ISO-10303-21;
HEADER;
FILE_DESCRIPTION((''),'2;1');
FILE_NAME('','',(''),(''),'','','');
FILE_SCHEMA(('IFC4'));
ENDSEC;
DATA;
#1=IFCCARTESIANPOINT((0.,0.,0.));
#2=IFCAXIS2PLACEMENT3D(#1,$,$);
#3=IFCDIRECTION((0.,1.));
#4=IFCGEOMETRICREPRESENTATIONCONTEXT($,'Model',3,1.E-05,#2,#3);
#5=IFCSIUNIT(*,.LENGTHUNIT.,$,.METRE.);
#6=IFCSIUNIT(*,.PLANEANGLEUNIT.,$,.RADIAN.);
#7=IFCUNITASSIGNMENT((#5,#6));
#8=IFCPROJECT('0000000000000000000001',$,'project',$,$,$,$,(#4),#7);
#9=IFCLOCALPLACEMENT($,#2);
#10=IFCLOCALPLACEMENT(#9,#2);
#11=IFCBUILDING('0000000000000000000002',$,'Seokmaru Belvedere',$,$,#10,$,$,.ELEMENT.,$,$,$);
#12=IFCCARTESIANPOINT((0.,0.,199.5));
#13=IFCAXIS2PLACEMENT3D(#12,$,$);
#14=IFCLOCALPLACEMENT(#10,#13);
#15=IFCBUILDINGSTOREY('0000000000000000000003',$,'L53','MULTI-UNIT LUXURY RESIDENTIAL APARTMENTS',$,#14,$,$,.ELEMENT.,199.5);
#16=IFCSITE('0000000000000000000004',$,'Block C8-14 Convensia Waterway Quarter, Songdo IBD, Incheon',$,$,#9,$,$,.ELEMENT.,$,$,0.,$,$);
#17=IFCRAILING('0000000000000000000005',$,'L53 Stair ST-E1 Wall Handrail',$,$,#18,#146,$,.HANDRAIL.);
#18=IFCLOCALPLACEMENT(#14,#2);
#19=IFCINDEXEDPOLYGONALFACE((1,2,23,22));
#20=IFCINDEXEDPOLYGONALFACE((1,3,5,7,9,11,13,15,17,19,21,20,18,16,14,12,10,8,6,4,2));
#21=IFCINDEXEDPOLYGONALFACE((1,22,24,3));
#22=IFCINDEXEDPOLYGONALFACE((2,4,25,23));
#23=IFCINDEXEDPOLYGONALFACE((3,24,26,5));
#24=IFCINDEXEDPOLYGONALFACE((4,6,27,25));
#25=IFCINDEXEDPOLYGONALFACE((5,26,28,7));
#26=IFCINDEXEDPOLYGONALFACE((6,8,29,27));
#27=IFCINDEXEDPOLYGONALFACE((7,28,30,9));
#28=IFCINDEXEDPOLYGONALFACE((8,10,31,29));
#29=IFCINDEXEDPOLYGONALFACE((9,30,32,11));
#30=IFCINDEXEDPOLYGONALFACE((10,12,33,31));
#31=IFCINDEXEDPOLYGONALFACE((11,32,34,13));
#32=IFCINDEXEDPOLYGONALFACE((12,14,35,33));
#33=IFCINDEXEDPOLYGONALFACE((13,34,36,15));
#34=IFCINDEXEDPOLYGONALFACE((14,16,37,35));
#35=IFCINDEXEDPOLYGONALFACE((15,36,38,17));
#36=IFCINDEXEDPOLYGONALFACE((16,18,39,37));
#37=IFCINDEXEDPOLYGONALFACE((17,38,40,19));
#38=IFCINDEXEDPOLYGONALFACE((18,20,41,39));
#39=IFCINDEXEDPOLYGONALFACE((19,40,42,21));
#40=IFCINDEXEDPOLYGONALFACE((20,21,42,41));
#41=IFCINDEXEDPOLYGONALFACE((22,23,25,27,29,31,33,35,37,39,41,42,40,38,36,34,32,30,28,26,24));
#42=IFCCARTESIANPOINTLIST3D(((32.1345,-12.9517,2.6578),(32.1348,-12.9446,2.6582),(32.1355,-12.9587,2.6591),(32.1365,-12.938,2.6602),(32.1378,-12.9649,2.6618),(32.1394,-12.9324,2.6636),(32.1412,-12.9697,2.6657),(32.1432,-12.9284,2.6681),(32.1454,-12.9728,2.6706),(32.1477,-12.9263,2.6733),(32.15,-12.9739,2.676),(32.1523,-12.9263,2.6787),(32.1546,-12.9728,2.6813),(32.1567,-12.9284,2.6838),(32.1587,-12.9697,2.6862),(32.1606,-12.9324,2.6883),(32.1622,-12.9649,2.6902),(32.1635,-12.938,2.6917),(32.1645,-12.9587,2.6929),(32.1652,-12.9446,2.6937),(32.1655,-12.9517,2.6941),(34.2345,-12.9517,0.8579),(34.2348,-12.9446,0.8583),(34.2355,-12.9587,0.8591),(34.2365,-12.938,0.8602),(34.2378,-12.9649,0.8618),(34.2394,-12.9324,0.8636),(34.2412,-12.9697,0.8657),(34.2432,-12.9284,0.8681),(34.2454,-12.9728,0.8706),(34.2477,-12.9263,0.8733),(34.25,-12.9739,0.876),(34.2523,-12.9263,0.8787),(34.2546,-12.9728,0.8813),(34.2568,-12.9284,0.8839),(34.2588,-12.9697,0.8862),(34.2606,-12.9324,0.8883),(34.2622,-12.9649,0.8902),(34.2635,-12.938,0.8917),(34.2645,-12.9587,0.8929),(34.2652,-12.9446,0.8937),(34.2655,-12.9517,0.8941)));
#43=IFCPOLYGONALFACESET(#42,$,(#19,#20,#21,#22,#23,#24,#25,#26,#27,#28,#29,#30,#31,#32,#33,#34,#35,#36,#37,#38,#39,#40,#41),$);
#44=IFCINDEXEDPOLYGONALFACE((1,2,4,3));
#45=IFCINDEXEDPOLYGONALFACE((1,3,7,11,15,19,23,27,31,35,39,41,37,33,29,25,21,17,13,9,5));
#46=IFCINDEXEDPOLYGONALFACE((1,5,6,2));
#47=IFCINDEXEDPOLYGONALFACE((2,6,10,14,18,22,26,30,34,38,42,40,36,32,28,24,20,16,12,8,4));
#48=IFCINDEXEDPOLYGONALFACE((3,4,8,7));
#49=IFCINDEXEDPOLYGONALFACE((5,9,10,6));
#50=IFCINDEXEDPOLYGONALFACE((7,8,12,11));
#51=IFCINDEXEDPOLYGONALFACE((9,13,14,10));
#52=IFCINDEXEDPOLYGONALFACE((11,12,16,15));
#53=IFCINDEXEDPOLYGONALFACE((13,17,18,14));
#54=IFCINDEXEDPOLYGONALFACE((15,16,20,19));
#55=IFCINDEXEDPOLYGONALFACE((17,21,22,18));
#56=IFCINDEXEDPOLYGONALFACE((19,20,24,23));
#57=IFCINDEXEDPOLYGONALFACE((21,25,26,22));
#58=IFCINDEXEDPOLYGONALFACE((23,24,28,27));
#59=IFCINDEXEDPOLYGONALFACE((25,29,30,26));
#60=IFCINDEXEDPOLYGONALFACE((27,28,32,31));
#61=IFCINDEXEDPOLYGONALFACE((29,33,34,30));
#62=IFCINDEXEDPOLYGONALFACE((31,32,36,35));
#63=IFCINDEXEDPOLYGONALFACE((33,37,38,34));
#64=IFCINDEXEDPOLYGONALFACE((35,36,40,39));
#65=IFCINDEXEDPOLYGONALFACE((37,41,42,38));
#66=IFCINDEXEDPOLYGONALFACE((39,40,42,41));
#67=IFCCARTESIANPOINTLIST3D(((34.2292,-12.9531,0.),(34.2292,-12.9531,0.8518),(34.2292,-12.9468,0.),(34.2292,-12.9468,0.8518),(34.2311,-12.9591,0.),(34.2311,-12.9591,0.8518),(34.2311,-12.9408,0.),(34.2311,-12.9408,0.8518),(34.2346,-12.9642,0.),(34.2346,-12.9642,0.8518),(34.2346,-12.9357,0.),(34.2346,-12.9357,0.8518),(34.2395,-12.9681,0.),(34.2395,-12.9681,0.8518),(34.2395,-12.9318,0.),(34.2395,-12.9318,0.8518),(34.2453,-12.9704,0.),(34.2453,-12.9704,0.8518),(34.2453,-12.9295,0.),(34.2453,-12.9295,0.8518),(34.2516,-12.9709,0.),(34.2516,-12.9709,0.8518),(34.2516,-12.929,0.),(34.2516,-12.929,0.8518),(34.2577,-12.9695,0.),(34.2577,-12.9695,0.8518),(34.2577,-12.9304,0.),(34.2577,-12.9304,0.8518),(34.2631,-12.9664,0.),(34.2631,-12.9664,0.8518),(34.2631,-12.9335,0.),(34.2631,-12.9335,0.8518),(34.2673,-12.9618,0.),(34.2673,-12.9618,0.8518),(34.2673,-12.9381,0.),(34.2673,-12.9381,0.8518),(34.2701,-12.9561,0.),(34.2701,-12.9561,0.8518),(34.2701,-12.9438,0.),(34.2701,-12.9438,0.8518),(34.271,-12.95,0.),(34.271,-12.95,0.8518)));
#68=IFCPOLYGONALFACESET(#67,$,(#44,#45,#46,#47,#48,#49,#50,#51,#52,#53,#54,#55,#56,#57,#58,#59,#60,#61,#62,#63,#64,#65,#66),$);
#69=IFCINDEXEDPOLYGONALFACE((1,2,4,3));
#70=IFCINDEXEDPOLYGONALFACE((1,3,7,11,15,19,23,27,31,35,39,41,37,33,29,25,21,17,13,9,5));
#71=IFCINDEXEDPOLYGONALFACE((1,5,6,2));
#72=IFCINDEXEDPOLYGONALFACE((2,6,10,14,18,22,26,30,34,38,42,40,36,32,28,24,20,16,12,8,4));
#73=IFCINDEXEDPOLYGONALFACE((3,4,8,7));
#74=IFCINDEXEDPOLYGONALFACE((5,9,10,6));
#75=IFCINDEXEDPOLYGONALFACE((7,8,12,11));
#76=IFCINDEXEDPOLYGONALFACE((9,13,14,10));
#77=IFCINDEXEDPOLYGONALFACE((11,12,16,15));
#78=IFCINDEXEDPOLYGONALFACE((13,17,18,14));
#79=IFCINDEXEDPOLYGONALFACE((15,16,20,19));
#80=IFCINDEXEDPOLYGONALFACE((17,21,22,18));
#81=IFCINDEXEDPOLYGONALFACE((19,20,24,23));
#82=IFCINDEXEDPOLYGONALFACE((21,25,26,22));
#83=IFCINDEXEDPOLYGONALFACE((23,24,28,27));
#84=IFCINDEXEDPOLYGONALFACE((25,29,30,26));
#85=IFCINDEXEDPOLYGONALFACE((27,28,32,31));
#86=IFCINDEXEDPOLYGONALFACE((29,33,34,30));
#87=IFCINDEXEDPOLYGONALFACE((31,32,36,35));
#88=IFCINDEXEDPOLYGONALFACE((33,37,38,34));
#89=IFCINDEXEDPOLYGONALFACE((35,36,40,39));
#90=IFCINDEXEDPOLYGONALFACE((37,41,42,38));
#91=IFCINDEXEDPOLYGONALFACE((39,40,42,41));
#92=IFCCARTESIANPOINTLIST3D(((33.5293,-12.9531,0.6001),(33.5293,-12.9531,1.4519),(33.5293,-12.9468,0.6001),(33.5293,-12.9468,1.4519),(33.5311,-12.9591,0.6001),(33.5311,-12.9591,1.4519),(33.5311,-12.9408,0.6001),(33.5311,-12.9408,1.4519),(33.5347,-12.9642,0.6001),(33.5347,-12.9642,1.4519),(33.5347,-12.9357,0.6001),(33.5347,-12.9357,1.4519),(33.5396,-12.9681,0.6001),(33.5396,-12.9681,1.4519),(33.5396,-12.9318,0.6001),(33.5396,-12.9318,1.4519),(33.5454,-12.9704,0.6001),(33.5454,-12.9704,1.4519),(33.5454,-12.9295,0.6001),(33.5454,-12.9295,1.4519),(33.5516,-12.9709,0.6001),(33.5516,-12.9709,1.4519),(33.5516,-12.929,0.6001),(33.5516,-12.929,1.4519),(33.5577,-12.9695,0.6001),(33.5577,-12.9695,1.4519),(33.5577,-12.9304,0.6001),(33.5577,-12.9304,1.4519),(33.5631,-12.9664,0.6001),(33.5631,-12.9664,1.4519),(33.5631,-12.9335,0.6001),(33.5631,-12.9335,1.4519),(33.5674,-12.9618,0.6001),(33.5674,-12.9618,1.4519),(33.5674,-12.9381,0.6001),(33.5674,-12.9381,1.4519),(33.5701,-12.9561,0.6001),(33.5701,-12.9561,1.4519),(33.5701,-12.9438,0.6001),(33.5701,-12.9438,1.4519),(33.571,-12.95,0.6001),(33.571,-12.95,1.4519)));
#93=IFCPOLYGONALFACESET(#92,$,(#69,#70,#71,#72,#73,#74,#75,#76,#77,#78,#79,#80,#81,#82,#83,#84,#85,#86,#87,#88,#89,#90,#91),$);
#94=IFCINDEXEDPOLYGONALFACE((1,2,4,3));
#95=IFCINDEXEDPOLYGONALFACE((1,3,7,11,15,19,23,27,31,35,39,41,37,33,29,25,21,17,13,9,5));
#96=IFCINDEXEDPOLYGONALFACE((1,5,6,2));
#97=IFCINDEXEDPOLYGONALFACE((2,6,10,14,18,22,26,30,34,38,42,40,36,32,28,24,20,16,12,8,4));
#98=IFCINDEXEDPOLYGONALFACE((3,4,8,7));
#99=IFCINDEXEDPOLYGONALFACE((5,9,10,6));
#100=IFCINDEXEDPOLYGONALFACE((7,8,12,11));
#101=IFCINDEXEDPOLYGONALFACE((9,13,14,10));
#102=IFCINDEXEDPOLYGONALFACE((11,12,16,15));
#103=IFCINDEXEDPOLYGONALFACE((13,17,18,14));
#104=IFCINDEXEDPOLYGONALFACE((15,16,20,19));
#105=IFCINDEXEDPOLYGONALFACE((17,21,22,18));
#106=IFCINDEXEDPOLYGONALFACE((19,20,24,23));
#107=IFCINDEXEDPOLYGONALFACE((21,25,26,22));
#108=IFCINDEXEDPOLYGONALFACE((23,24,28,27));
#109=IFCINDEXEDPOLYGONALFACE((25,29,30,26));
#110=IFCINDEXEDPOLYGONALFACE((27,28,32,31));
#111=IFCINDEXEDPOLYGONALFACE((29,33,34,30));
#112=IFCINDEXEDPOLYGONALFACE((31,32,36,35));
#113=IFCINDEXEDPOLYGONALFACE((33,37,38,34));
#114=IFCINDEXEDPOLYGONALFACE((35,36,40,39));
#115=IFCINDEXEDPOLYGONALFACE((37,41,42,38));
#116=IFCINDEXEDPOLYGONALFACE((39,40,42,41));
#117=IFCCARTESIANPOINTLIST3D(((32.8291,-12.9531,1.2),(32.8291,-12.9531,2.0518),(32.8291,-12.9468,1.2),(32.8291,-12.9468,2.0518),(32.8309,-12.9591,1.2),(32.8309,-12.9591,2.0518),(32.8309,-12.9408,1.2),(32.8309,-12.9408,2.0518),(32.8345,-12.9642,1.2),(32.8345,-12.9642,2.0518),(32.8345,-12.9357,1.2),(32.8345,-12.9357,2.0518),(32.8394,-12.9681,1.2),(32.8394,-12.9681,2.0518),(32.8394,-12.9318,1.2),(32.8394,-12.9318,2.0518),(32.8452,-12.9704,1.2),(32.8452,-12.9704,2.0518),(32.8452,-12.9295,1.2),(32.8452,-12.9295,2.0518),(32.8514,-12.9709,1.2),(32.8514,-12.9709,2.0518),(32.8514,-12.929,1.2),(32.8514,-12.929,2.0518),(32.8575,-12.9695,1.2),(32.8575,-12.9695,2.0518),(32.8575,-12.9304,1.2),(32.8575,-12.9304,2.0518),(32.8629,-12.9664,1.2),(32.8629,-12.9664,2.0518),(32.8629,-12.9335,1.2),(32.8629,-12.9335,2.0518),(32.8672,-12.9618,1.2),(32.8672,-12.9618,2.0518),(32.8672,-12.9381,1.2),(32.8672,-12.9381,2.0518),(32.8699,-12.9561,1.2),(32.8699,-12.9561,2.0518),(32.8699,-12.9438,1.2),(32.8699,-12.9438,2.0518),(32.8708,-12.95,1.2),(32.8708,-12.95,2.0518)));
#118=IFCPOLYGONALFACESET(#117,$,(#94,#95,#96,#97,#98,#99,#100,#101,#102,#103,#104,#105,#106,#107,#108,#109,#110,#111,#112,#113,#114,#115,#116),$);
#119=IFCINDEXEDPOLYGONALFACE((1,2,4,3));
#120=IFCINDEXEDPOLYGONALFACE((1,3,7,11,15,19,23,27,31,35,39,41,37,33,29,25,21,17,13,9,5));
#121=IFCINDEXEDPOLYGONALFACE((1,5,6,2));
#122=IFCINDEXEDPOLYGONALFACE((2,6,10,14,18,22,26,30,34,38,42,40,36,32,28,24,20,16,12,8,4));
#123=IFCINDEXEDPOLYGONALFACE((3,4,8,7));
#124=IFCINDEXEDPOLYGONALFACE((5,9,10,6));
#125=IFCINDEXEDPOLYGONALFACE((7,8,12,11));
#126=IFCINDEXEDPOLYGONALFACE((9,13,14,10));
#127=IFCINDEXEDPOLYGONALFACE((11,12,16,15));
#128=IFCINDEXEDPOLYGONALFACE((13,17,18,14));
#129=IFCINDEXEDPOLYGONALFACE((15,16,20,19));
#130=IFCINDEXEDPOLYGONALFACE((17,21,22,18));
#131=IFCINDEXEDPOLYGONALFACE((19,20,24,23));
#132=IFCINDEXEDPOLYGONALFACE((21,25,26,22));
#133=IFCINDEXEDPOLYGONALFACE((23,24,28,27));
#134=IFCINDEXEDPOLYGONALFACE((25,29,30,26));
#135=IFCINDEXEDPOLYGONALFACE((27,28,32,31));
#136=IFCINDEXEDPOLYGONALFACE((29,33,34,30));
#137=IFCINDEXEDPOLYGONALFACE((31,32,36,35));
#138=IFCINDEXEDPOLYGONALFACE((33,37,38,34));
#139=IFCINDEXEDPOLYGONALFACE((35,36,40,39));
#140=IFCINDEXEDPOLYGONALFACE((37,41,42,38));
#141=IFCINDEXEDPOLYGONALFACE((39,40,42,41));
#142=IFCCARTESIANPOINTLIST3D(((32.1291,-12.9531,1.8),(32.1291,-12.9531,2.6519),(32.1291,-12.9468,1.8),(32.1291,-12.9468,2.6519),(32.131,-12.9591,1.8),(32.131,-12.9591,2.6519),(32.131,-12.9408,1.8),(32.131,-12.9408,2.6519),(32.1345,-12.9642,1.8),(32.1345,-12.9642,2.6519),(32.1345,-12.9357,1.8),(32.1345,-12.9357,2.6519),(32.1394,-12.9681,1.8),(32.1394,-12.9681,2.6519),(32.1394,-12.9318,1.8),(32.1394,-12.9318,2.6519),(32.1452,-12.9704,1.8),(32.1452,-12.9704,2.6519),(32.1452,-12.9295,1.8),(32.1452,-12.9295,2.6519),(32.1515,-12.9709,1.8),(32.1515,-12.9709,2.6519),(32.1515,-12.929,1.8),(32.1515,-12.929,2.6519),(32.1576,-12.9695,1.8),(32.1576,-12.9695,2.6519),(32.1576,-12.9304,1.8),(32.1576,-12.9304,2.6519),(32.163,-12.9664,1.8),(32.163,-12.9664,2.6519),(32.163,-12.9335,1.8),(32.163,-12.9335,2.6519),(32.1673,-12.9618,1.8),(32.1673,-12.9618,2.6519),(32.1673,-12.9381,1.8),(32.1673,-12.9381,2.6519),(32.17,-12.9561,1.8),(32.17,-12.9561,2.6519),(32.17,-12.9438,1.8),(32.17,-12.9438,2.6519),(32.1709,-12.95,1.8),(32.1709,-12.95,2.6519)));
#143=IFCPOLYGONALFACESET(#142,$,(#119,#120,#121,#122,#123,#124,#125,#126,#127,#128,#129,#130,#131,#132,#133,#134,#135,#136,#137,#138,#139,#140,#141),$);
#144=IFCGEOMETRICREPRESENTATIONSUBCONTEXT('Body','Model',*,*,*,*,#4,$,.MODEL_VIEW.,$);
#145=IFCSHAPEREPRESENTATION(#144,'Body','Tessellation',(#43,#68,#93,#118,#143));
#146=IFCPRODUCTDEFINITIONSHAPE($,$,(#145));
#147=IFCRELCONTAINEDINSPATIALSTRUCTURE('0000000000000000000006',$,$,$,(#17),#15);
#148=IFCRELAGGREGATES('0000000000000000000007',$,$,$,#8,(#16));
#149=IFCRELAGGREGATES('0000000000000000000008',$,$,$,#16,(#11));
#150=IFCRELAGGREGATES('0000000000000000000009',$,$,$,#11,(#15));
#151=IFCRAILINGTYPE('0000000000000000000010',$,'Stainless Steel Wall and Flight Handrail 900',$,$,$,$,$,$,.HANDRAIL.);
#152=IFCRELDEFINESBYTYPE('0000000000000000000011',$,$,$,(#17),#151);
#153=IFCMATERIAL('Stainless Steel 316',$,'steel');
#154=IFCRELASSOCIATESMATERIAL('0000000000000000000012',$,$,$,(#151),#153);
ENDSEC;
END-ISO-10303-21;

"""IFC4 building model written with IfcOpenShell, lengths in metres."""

from ifc_helpers import new_model, si_unit, direction, frame, origin, origin_2d, place, context, subcontext, project, spatial, circle, extrude, material, type_object, element, save


model = new_model("IFC4")

# Units and contexts
model_context = context("Model", 3, precision=1e-05, world=origin(), true_north=direction((0.0, 1.0)))
body_context = subcontext(model_context, "Body", "Model", "MODEL_VIEW")
ifc_project = project(units=[si_unit("LENGTHUNIT", "METRE"), si_unit("PLANEANGLEUNIT", "RADIAN")], contexts=[model_context])

# Site, building, storey
site_placement = place(None, origin())
site = spatial("IfcSite", under=ifc_project, at=site_placement, Name="Block C8-14 Convensia Waterway Quarter, Songdo IBD, Incheon", CompositionType="ELEMENT", RefElevation=0.0)
building_placement = place(site_placement, origin())
building = spatial("IfcBuilding", under=site, at=building_placement, Name="Seokmaru Belvedere", CompositionType="ELEMENT")
storey_placement = place(building_placement, frame((0.0, 0.0, 199.5)))
storey = spatial("IfcBuildingStorey", under=building, at=storey_placement, Name="L53", Description="MULTI-UNIT LUXURY RESIDENTIAL APARTMENTS", CompositionType="ELEMENT", Elevation=199.5)

# Railing
ifc_material_1 = material(Name="Stainless Steel 316", Category="steel")
railing_type_1 = type_object("IfcRailingType", Name="Stainless Steel Wall and Flight Handrail 900", PredefinedType="HANDRAIL", material=ifc_material_1)
railing_1_placement = place(storey_placement, frame((34.25, -12.95, 0.0)))
element("IfcRailing", 1, at=railing_1_placement, inside=storey, type_object=railing_type_1, Name="L53 Stair ST-E1 Wall Handrail", PredefinedType="HANDRAIL", context=body_context, shape_type="SweptSolid", body=[
    extrude(circle(Radius=0.0239, at=origin_2d()), frame((0.0, 0.0, 0.876), z_axis=(-0.759263, 0.0, 0.650784), x_axis=(0.0, -1.0, 0.0)), (0.0, 0.0, 1.0), 2.7659),
    extrude(circle(Radius=0.021, at=origin_2d()), origin(), (0.0, 0.0, 1.0), 0.8518),
    extrude(circle(Radius=0.021, at=origin_2d()), frame((-0.7, 0.0, 0.6001)), (0.0, 0.0, 1.0), 0.8518),
    extrude(circle(Radius=0.021, at=origin_2d()), frame((-1.4001, 0.0, 1.2)), (0.0, 0.0, 1.0), 0.8518),
    extrude(circle(Radius=0.021, at=origin_2d()), frame((-2.1001, 0.0, 1.8)), (0.0, 0.0, 1.0), 0.8518),
])

save(model, "model.ifc")
